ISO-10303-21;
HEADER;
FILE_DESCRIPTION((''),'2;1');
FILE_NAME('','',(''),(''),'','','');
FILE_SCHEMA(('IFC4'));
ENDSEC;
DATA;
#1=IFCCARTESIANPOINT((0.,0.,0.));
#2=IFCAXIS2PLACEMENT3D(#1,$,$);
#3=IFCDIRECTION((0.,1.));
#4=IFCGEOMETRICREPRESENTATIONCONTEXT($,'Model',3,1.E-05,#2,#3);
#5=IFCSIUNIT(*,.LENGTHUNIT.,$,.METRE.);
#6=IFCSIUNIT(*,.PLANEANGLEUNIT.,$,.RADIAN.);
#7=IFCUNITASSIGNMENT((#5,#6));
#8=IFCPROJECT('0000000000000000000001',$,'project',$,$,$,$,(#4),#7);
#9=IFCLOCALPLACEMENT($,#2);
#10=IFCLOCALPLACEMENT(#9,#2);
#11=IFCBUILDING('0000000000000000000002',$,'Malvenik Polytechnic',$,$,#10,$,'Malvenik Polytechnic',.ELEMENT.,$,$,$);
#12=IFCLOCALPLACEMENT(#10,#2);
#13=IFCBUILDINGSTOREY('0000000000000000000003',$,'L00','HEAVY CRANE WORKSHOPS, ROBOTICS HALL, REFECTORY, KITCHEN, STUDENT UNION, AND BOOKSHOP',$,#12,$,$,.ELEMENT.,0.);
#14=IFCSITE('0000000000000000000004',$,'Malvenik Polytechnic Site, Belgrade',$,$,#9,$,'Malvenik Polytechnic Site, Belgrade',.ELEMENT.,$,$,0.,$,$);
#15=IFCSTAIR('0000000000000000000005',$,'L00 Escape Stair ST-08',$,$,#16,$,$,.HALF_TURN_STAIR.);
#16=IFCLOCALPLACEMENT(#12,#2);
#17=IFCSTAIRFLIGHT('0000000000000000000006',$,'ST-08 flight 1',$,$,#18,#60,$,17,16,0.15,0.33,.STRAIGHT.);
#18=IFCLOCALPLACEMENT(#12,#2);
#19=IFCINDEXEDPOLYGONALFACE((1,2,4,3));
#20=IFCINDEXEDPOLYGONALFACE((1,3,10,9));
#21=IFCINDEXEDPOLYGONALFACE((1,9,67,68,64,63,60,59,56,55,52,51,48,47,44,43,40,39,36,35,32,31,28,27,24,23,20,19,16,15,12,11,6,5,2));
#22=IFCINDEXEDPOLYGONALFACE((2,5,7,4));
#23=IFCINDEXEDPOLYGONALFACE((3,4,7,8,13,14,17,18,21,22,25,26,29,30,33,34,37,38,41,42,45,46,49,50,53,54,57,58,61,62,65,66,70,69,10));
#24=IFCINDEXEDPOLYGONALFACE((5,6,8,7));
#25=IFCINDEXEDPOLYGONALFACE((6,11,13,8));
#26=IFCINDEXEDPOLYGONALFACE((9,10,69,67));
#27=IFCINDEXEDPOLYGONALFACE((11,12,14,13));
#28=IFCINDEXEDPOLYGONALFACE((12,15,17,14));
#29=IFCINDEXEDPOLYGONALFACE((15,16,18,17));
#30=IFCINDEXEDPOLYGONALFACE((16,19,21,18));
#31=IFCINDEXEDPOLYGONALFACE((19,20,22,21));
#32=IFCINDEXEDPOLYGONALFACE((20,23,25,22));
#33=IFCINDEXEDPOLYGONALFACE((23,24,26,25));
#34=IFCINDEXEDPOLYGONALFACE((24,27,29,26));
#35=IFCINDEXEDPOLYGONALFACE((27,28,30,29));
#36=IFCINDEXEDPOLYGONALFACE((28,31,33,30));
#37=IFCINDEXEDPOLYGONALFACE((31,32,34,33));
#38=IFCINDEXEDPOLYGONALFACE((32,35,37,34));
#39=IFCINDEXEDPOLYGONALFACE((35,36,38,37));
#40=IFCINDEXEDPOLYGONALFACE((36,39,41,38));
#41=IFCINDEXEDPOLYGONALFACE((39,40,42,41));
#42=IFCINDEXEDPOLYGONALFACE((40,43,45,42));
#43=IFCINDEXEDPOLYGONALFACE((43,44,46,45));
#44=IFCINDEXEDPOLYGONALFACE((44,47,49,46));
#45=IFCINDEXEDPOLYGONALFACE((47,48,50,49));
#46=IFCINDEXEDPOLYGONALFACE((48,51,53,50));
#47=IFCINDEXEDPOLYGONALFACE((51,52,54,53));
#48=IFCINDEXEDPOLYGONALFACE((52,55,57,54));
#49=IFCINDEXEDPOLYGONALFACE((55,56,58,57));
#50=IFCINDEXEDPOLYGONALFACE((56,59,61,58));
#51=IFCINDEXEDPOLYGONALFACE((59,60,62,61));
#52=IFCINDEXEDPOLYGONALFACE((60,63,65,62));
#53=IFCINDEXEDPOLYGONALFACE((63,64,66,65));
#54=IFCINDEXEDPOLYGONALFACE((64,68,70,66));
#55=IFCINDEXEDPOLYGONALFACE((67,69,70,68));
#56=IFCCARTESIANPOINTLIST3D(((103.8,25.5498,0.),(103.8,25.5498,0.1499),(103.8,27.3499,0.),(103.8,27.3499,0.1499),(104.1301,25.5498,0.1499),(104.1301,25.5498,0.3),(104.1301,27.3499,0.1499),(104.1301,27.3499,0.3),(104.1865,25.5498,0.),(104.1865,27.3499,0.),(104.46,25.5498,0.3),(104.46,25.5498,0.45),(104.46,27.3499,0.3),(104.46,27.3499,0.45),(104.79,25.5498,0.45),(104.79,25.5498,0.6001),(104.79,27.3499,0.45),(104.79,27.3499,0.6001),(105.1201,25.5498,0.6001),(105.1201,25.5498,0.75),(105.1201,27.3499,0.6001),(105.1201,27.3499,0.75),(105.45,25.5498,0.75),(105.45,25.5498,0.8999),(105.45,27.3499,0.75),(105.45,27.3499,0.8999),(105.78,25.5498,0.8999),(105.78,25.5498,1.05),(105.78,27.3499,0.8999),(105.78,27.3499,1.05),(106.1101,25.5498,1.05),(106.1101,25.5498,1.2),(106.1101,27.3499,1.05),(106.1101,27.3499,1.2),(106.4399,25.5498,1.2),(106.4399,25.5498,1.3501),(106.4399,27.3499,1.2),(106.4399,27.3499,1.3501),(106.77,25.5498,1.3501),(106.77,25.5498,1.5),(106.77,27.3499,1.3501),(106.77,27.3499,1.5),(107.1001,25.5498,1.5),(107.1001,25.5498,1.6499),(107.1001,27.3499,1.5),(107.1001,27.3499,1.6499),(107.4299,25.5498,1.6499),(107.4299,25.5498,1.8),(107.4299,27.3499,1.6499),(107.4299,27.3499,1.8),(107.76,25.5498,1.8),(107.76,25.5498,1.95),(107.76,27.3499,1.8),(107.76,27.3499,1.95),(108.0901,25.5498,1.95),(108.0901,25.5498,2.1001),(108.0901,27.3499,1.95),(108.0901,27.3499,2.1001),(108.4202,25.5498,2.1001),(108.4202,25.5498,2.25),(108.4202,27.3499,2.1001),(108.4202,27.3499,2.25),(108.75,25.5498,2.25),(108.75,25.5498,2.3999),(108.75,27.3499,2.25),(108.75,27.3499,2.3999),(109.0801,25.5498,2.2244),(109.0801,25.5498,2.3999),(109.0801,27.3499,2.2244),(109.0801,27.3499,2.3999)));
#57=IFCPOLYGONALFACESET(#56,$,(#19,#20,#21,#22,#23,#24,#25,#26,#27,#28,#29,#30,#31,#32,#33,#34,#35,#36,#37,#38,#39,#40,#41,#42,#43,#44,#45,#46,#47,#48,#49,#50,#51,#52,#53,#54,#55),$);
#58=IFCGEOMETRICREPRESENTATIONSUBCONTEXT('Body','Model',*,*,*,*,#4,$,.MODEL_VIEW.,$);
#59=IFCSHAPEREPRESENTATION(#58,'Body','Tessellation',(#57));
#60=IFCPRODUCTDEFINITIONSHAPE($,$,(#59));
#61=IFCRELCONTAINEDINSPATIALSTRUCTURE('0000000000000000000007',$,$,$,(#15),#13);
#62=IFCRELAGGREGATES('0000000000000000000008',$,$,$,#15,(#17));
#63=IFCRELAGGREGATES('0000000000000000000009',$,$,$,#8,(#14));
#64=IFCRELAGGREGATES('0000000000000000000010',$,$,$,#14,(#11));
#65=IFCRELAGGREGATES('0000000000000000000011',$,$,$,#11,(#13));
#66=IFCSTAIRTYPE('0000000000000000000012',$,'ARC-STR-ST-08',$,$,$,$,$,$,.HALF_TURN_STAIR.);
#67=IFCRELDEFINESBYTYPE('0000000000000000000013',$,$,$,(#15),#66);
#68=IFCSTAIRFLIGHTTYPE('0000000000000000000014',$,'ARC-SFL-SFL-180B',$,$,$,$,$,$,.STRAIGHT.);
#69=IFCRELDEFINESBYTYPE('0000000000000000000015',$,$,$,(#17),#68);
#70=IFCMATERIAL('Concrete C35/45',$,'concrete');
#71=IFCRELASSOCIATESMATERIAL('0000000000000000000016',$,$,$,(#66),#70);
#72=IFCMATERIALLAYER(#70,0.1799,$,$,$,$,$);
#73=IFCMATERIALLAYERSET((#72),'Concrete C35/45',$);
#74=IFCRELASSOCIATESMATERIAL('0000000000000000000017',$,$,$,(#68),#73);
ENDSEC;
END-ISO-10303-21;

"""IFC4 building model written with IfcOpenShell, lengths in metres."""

from ifc_helpers import new_model, si_unit, direction, frame, origin, place, context, subcontext, project, spatial, polyline, outline, extrude, material, layer, layer_set, type_object, element, aggregate, save


model = new_model("IFC4")

# Units and contexts
model_context = context("Model", 3, precision=1e-05, world=origin(), true_north=direction((0.0, 1.0)))
body_context = subcontext(model_context, "Body", "Model", "MODEL_VIEW")
ifc_project = project(units=[si_unit("LENGTHUNIT", "METRE"), si_unit("PLANEANGLEUNIT", "RADIAN")], contexts=[model_context])

# Site, building, storey
site_placement = place(None, origin())
site = spatial("IfcSite", under=ifc_project, at=site_placement, Name="Malvenik Polytechnic Site, Belgrade", LongName="Malvenik Polytechnic Site, Belgrade", CompositionType="ELEMENT", RefElevation=0.0)
building_placement = place(site_placement, origin())
building = spatial("IfcBuilding", under=site, at=building_placement, Name="Malvenik Polytechnic", LongName="Malvenik Polytechnic", CompositionType="ELEMENT")
storey_placement = place(building_placement, origin())
storey = spatial("IfcBuildingStorey", under=building, at=storey_placement, Name="L00", Description="HEAVY CRANE WORKSHOPS, ROBOTICS HALL, REFECTORY, KITCHEN, STUDENT UNION, AND BOOKSHOP", CompositionType="ELEMENT", Elevation=0.0)

# Shared definitions
ifc_material_1 = material(Name="Concrete C35/45", Category="concrete")

# Stair, stair flight
stair_type = type_object("IfcStairType", Name="ARC-STR-ST-08", PredefinedType="HALF_TURN_STAIR", material=ifc_material_1)
stair_placement = place(storey_placement, origin())
stair = element("IfcStair", 1, at=stair_placement, inside=storey, type_object=stair_type, Name="L00 Escape Stair ST-08", PredefinedType="HALF_TURN_STAIR")
ifc_layer_1 = layer(ifc_material_1, 0.1799)
ifc_layer_set_1 = layer_set([ifc_layer_1], Name="Concrete C35/45")
stair_flight_type = type_object("IfcStairFlightType", Name="ARC-SFL-SFL-180B", PredefinedType="STRAIGHT", material=ifc_layer_set_1)
stair_flight_placement = place(storey_placement, frame((103.8, 26.45, 0.0), z_axis=(0.0, 0.0, 1.0), x_axis=(1.0, 0.0, 0.0)))
stair_flight = element("IfcStairFlight", 2, at=stair_flight_placement, type_object=stair_flight_type, Name="ST-08 flight 1", NumberOfRisers=17, NumberOfTreads=16, PredefinedType="STRAIGHT", RiserHeight=0.15, TreadLength=0.33, context=body_context, shape_type="SweptSolid", body=[
    extrude(outline(polyline([(0.0, 0.0), (0.0, 0.1499), (0.3301, 0.1499), (0.3301, 0.3), (0.6599, 0.3), (0.6599, 0.45), (0.99, 0.45), (0.99, 0.6001), (1.3201, 0.6001), (1.3201, 0.75), (1.6499, 0.75), (1.6499, 0.8999), (1.98, 0.8999), (1.98, 1.05), (2.3101, 1.05), (2.3101, 1.2), (2.6399, 1.2), (2.6399, 1.3501), (2.97, 1.3501), (2.97, 1.5), (3.3, 1.5), (3.3, 1.6499), (3.6299, 1.6499), (3.6299, 1.8), (3.96, 1.8), (3.96, 1.95), (4.29, 1.95), (4.29, 2.1001), (4.6201, 2.1001), (4.6201, 2.25), (4.95, 2.25), (4.95, 2.3999), (5.28, 2.3999), (5.28, 2.55), (5.28, 2.2244), (0.3865, 0.0), (0.0, 0.0)])), frame((0.0, 0.8999, 0.0), z_axis=(0.0, -1.0, 0.0), x_axis=(1.0, 0.0, 0.0)), (0.0, 0.0, 1.0), 1.8),
])
aggregate(stair, [stair_flight])

save(model, "model.ifc")
